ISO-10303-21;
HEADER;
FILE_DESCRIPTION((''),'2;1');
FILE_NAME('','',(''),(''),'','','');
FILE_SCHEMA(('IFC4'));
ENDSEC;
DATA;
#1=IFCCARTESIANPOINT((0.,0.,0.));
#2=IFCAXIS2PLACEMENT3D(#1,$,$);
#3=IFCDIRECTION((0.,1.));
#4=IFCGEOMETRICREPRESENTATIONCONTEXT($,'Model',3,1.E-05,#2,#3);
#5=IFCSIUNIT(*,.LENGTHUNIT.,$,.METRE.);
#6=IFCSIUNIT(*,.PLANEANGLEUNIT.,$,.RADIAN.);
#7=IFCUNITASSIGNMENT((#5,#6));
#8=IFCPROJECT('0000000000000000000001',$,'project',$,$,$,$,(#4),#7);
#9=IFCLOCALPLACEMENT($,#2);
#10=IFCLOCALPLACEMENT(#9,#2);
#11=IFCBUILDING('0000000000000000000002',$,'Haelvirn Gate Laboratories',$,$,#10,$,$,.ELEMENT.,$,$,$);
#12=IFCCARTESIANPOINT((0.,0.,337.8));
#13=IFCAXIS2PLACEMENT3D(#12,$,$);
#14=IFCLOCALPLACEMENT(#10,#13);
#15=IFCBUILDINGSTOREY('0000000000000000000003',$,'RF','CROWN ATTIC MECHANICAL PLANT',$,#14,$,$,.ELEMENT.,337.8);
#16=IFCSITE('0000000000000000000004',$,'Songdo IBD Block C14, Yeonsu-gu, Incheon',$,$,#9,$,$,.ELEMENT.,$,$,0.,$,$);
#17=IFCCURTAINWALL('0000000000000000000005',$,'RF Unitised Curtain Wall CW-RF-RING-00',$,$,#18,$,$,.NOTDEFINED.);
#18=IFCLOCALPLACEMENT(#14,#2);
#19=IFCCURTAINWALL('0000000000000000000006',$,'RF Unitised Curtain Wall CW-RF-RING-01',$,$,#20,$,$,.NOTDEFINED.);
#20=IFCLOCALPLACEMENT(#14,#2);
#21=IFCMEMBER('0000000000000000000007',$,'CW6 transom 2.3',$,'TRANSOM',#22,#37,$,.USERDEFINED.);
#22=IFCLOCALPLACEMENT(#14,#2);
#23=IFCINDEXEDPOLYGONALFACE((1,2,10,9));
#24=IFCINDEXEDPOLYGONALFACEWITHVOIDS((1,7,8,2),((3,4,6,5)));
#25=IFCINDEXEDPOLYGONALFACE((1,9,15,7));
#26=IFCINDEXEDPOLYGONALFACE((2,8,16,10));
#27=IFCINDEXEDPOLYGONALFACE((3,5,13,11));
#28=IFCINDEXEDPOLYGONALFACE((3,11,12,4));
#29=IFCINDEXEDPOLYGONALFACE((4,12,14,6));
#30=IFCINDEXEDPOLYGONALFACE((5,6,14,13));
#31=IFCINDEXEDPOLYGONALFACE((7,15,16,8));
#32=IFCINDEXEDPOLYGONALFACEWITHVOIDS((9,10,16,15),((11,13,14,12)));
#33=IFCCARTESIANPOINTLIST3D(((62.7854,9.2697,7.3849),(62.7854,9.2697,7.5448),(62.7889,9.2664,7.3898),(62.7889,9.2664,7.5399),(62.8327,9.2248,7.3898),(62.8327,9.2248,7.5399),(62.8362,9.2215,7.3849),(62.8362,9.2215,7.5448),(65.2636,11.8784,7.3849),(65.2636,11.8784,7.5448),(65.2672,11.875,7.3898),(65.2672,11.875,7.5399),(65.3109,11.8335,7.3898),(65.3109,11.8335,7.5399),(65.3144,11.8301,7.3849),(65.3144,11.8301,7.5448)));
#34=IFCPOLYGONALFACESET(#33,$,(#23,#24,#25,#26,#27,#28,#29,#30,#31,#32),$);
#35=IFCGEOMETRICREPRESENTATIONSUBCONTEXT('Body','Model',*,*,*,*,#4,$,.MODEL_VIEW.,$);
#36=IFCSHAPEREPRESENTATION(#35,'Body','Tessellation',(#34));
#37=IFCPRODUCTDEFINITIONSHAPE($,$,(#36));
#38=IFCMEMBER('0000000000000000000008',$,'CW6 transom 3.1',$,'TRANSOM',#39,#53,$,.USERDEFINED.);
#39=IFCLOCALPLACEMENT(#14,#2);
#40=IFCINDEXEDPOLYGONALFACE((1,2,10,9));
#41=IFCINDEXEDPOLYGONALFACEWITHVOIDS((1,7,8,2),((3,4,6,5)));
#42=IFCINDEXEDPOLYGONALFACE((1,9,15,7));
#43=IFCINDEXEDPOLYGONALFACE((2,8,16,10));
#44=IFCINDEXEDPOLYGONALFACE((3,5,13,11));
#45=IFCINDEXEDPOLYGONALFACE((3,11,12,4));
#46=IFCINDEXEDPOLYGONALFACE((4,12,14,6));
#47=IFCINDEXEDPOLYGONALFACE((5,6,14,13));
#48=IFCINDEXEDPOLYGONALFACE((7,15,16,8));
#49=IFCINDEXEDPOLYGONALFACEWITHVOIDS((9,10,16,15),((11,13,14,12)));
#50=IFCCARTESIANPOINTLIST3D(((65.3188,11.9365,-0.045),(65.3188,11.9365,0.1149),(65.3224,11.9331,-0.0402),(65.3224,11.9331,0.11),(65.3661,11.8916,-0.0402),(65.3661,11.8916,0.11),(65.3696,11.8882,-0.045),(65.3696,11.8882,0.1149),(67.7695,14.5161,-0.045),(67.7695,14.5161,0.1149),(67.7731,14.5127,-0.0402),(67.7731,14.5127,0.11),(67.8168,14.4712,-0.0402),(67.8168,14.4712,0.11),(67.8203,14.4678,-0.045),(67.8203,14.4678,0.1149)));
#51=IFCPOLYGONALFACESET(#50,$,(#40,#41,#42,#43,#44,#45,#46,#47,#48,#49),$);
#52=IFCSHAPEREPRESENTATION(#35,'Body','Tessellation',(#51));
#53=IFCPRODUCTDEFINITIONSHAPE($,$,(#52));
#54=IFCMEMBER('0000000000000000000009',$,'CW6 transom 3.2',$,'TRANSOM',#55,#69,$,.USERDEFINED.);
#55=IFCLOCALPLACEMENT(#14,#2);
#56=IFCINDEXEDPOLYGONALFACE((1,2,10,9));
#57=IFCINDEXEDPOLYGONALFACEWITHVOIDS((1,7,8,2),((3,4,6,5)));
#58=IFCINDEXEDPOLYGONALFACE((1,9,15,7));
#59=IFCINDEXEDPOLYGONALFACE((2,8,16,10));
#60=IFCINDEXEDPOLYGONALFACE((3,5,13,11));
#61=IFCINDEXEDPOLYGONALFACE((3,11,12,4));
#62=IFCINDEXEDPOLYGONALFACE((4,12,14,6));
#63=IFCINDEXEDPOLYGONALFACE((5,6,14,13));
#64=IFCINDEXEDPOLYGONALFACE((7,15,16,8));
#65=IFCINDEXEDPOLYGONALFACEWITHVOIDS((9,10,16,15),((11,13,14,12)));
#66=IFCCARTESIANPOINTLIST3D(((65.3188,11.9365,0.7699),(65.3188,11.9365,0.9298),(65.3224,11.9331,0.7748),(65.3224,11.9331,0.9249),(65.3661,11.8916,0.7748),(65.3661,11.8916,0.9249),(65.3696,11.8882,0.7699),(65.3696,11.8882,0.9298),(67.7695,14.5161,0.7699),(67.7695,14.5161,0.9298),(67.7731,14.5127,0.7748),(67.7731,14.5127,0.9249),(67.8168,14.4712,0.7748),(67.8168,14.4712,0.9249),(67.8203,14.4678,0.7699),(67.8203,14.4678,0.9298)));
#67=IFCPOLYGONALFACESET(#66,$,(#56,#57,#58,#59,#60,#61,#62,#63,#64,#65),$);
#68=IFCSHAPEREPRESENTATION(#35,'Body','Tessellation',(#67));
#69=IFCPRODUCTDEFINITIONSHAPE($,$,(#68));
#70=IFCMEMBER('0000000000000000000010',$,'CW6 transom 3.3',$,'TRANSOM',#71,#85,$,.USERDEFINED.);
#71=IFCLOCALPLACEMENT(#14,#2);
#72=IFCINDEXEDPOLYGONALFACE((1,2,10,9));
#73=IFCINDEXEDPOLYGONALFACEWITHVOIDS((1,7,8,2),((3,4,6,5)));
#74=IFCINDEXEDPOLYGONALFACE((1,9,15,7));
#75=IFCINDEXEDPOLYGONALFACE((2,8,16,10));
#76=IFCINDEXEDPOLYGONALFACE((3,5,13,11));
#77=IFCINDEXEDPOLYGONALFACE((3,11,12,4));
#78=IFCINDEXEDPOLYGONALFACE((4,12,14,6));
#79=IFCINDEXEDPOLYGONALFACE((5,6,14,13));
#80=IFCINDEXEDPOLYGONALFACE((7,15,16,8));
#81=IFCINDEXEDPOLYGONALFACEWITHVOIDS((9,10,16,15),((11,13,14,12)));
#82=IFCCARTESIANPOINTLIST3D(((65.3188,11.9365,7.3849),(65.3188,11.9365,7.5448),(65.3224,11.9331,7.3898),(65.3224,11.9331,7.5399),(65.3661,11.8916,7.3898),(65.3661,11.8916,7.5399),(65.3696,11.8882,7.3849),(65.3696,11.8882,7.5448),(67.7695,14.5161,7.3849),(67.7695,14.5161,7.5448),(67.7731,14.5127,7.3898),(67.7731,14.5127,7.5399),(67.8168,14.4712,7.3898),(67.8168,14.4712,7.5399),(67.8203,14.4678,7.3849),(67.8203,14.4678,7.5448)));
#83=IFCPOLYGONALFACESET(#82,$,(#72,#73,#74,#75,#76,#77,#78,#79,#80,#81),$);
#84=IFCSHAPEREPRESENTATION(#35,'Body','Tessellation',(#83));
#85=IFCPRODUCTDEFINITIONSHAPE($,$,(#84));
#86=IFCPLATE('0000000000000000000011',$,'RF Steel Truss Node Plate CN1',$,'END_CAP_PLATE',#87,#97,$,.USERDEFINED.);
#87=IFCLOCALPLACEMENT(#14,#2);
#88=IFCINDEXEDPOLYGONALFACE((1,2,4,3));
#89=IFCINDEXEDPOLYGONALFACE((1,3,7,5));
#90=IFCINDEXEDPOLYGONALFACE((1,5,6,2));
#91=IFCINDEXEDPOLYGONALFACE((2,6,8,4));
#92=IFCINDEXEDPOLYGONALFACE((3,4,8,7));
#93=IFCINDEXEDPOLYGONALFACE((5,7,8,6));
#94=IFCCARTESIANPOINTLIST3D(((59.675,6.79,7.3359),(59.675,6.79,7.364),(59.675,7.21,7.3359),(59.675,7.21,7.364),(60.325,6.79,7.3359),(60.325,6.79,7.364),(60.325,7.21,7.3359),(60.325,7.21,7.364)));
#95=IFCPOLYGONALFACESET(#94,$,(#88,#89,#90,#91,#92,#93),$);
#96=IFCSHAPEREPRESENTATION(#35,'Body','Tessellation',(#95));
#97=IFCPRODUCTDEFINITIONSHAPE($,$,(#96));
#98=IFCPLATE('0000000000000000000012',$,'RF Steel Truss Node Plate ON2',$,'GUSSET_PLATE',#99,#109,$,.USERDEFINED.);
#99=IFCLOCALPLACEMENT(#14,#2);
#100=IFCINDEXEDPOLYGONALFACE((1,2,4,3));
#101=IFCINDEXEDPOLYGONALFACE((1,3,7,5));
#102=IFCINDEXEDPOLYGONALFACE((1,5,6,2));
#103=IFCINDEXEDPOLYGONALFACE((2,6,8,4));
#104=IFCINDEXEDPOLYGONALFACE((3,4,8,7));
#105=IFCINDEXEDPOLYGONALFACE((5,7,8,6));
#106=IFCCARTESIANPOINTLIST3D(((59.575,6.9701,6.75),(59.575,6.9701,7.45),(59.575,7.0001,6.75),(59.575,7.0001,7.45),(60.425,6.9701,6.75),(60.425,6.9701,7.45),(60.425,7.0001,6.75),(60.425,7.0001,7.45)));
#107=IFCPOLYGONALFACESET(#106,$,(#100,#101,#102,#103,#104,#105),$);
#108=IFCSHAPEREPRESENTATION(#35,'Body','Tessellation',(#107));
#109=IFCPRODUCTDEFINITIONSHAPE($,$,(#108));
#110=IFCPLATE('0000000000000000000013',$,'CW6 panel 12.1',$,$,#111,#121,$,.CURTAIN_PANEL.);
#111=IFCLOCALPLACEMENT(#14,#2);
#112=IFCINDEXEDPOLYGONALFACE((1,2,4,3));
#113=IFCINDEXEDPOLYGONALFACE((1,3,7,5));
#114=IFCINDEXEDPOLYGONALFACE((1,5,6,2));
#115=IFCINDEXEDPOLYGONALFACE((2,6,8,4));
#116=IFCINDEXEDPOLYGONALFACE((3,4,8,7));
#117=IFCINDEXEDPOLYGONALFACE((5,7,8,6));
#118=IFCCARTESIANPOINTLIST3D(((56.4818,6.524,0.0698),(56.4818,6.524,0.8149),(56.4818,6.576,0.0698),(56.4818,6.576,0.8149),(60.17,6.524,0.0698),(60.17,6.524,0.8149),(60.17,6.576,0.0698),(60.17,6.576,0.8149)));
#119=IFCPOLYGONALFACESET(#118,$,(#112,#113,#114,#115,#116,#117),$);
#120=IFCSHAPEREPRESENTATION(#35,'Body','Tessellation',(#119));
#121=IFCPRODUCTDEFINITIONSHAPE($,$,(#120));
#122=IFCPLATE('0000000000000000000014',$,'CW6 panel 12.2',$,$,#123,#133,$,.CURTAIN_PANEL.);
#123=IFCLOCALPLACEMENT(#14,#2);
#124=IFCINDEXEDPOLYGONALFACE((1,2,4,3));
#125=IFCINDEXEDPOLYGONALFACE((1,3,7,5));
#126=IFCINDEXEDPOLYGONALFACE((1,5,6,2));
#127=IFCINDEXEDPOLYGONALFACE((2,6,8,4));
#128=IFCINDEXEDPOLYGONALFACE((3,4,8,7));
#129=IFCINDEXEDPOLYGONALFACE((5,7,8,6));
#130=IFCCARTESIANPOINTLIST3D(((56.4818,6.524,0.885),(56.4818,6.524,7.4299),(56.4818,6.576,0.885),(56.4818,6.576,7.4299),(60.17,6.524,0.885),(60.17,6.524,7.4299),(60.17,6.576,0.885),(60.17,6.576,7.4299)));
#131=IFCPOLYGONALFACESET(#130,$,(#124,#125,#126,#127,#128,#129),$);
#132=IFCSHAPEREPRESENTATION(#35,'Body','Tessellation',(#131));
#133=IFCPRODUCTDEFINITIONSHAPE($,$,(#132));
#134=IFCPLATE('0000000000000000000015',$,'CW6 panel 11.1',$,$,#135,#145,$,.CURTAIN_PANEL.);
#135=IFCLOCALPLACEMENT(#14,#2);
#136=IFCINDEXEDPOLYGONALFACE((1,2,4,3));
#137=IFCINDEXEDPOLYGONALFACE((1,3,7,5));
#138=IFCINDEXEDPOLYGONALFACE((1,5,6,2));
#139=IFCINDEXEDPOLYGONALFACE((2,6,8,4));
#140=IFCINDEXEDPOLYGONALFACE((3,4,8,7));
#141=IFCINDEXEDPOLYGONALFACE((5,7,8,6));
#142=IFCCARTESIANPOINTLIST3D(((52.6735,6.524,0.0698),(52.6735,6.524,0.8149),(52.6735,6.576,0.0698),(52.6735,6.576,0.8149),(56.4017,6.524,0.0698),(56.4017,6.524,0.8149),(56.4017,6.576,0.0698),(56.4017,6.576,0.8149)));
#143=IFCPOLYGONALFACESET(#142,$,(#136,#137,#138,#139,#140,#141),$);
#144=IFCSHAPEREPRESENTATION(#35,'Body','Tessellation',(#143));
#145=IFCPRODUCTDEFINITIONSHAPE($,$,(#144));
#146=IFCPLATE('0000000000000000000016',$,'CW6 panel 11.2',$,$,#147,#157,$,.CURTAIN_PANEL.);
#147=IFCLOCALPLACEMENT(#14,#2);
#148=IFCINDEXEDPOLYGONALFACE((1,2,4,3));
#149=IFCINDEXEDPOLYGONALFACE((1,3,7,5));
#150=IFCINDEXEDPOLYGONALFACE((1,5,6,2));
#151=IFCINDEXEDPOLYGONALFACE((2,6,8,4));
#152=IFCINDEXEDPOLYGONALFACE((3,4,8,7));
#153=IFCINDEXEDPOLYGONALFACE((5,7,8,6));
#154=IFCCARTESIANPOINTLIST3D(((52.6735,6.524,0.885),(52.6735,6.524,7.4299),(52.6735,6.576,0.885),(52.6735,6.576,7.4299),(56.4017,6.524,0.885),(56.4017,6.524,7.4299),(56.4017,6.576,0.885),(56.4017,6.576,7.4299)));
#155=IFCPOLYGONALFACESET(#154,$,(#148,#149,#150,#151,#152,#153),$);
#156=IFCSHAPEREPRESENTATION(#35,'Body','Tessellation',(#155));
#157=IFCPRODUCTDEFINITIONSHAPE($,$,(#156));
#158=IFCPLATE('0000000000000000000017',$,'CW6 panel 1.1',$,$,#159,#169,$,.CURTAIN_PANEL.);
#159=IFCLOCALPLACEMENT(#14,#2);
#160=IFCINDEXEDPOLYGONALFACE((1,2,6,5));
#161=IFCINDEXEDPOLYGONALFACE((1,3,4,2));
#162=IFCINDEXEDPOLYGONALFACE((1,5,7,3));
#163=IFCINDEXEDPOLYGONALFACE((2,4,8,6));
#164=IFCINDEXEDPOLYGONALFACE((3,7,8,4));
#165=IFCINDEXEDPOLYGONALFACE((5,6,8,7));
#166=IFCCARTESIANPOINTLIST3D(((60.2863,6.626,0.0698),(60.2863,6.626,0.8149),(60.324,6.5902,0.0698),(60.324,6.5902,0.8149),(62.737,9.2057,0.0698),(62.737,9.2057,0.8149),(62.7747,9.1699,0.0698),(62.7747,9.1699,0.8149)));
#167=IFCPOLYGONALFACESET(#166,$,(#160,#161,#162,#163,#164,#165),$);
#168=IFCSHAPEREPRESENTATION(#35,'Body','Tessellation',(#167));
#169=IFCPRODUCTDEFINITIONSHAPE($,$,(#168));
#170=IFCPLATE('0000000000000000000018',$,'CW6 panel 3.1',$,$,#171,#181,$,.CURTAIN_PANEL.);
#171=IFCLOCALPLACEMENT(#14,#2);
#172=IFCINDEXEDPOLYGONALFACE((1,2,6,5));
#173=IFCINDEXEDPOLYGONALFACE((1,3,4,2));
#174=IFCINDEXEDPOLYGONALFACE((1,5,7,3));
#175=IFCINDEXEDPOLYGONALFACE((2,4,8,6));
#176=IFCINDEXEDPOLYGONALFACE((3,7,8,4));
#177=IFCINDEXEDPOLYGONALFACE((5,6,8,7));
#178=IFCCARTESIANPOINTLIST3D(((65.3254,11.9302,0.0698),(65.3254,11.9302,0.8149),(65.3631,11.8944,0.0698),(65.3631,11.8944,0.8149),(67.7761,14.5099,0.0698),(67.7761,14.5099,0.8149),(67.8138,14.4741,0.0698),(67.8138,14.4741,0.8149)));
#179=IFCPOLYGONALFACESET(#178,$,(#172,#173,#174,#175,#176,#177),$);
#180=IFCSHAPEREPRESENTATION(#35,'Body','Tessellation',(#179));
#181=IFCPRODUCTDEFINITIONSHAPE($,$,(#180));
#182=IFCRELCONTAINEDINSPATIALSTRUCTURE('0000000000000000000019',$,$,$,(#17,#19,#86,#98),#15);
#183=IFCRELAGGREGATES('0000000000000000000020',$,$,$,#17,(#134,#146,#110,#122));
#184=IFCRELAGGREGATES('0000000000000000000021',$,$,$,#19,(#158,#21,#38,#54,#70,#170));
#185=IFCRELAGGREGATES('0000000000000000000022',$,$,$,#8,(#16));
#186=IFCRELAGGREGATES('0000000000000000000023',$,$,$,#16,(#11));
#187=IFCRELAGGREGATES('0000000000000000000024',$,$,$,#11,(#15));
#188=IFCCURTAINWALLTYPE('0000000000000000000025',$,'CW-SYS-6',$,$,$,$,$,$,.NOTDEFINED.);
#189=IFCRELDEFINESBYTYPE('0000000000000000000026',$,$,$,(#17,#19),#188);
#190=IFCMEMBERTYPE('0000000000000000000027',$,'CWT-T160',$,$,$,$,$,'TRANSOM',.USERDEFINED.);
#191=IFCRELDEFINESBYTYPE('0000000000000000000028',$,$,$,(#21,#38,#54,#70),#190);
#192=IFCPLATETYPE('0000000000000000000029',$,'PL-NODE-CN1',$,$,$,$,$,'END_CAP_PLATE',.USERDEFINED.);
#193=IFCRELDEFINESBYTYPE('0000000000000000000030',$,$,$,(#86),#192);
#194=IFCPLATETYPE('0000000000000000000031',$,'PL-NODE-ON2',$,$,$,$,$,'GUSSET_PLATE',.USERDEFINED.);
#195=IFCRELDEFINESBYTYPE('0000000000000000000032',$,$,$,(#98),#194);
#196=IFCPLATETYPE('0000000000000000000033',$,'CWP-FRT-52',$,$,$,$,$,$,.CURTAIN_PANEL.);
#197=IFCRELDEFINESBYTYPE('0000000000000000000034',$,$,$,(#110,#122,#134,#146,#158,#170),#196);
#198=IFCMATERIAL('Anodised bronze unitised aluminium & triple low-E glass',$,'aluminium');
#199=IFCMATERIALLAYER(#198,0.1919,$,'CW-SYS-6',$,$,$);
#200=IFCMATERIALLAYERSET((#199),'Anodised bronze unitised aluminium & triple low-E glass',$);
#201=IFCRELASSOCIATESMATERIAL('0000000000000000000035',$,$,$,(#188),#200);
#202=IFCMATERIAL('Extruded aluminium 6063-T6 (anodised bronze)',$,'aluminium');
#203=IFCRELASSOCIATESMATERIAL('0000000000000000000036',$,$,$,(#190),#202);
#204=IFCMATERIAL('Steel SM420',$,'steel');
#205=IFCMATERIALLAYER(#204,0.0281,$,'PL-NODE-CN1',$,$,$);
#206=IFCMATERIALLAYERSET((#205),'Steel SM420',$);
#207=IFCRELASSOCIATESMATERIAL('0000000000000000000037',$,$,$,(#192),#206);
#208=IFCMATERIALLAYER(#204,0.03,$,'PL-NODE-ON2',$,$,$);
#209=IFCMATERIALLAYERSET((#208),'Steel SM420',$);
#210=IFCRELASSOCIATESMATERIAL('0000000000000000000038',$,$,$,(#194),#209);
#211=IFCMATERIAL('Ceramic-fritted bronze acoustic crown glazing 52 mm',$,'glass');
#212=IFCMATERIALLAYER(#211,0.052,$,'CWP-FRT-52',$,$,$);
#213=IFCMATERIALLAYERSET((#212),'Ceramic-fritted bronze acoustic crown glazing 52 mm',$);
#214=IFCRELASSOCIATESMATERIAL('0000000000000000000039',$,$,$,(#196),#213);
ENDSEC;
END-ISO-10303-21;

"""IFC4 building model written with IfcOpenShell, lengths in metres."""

from ifc_helpers import new_model, si_unit, direction, frame, origin, origin_2d, place, context, subcontext, project, spatial, rectangle, hollow_rectangle, extrude, source, transform, mapped, material, layer, layer_set, material_profile, profile_set, type_object, type_shapes, element, aggregate, save


model = new_model("IFC4")

# Units and contexts
model_context = context("Model", 3, precision=1e-05, world=origin(), true_north=direction((0.0, 1.0)))
body_context = subcontext(model_context, "Body", "Model", "MODEL_VIEW")
ifc_project = project(units=[si_unit("LENGTHUNIT", "METRE"), si_unit("PLANEANGLEUNIT", "RADIAN")], contexts=[model_context])

# Site, building, storey
site_placement = place(None, origin())
site = spatial("IfcSite", under=ifc_project, at=site_placement, Name="Songdo IBD Block C14, Yeonsu-gu, Incheon", CompositionType="ELEMENT", RefElevation=0.0)
building_placement = place(site_placement, origin())
building = spatial("IfcBuilding", under=site, at=building_placement, Name="Haelvirn Gate Laboratories", CompositionType="ELEMENT")
storey_placement = place(building_placement, frame((0.0, 0.0, 337.8)))
storey = spatial("IfcBuildingStorey", under=building, at=storey_placement, Name="RF", Description="CROWN ATTIC MECHANICAL PLANT", CompositionType="ELEMENT", Elevation=337.8)

# Shared definitions
ifc_material_1 = material(Name="Steel SM420", Category="steel")

# Curtain walls
ifc_material_2 = material(Name="Anodised bronze unitised aluminium & triple low-E glass", Category="aluminium")
ifc_layer_1 = layer(ifc_material_2, 0.1919, Name="CW-SYS-6")
ifc_layer_set_1 = layer_set([ifc_layer_1], Name="Anodised bronze unitised aluminium & triple low-E glass")
curtain_wall_type = type_object("IfcCurtainWallType", Name="CW-SYS-6", PredefinedType="NOTDEFINED", material=ifc_layer_set_1)
curtain_wall_1_placement = place(storey_placement, origin())
curtain_wall_1 = element("IfcCurtainWall", 1, at=curtain_wall_1_placement, inside=storey, type_object=curtain_wall_type, Name="RF Unitised Curtain Wall CW-RF-RING-00", PredefinedType="NOTDEFINED")
ifc_material_3 = material(Name="Extruded aluminium 6063-T6 (anodised bronze)", Category="aluminium")
curtain_wall_2_placement = place(storey_placement, origin())
curtain_wall_2 = element("IfcCurtainWall", 2, at=curtain_wall_2_placement, inside=storey, type_object=curtain_wall_type, Name="RF Unitised Curtain Wall CW-RF-RING-01", PredefinedType="NOTDEFINED")

# Members
ifc_material_profile_1 = material_profile(ifc_material_3, hollow_rectangle(XDim=0.0701, YDim=0.1599, WallThickness=0.0049, at=origin_2d()), Name="CWT-160x70x5")
ifc_profile_set_1 = profile_set([ifc_material_profile_1], Name="Extruded aluminium 6063-T6 (anodised bronze)")
member_type_1 = type_object("IfcMemberType", Name="CWT-T160", ElementType="TRANSOM", PredefinedType="USERDEFINED", material=ifc_profile_set_1)
shared_shape_1 = source(origin(), body_context, "Body", "SweptSolid", [
    extrude(hollow_rectangle(XDim=0.0701, YDim=0.1599, WallThickness=0.0049, at=origin_2d()), origin(), (0.0, 0.0, 1.0), 3.5981),
])
member_1_placement = place(storey_placement, frame((62.8108, 9.2456, 7.4648), z_axis=(0.688758, 0.724991, 0.0), x_axis=(-0.724991, 0.688758, 0.0)))
member_1 = element("IfcMember", 3, at=member_1_placement, type_object=member_type_1, Name="CW6 transom 2.3", ObjectType="TRANSOM", PredefinedType="USERDEFINED", context=body_context, shape_type="MappedRepresentation", body=[
    mapped(shared_shape_1, transform((0.0, 0.0, 0.0), scale=1.0)),
])
shared_shape_2 = source(origin(), body_context, "Body", "SweptSolid", [
    extrude(hollow_rectangle(XDim=0.0701, YDim=0.1599, WallThickness=0.0049, at=origin_2d()), origin(), (0.0, 0.0, 1.0), 3.5581),
])
member_2_placement = place(storey_placement, frame((65.3442, 11.9124, 0.0349), z_axis=(0.68876, 0.724989, 0.0), x_axis=(-0.724989, 0.68876, 0.0)))
member_2 = element("IfcMember", 4, at=member_2_placement, type_object=member_type_1, Name="CW6 transom 3.1", ObjectType="TRANSOM", PredefinedType="USERDEFINED", context=body_context, shape_type="MappedRepresentation", body=[
    mapped(shared_shape_2, transform((0.0, 0.0, 0.0), scale=1.0)),
])
member_3_placement = place(storey_placement, frame((65.3442, 11.9124, 0.8499), z_axis=(0.68876, 0.724989, 0.0), x_axis=(-0.724989, 0.68876, 0.0)))
member_3 = element("IfcMember", 5, at=member_3_placement, type_object=member_type_1, Name="CW6 transom 3.2", ObjectType="TRANSOM", PredefinedType="USERDEFINED", context=body_context, shape_type="MappedRepresentation", body=[
    mapped(shared_shape_2, transform((0.0, 0.0, 0.0), scale=1.0)),
])
member_4_placement = place(storey_placement, frame((65.3442, 11.9124, 7.4648), z_axis=(0.68876, 0.724989, 0.0), x_axis=(-0.724989, 0.68876, 0.0)))
member_4 = element("IfcMember", 6, at=member_4_placement, type_object=member_type_1, Name="CW6 transom 3.3", ObjectType="TRANSOM", PredefinedType="USERDEFINED", context=body_context, shape_type="MappedRepresentation", body=[
    mapped(shared_shape_2, transform((0.0, 0.0, 0.0), scale=1.0)),
])

# Plates
ifc_layer_2 = layer(ifc_material_1, 0.0281, Name="PL-NODE-CN1")
ifc_layer_set_2 = layer_set([ifc_layer_2], Name="Steel SM420")
plate_type_1 = type_object("IfcPlateType", Name="PL-NODE-CN1", ElementType="END_CAP_PLATE", PredefinedType="USERDEFINED", material=ifc_layer_set_2)
shared_shape_3 = source(origin(), body_context, "Body", "SweptSolid", [
    extrude(rectangle(XDim=0.6499, YDim=0.4199, at=origin_2d()), origin(), (0.0, 0.0, 1.0), 0.0281),
])
type_shapes(plate_type_1, [shared_shape_3])
plate_1_placement = place(storey_placement, frame((60.0, 7.0, 7.3359), z_axis=(0.0, 0.0, 1.0), x_axis=(1.0, 0.0, 0.0)))
element("IfcPlate", 7, at=plate_1_placement, inside=storey, type_object=plate_type_1, Name="RF Steel Truss Node Plate CN1", ObjectType="END_CAP_PLATE", PredefinedType="USERDEFINED", context=body_context, shape_type="MappedRepresentation", body=[
    mapped(shared_shape_3, transform((0.0, 0.0, 0.0), scale=1.0)),
])
ifc_layer_3 = layer(ifc_material_1, 0.03, Name="PL-NODE-ON2")
ifc_layer_set_3 = layer_set([ifc_layer_3], Name="Steel SM420")
plate_type_2 = type_object("IfcPlateType", Name="PL-NODE-ON2", ElementType="GUSSET_PLATE", PredefinedType="USERDEFINED", material=ifc_layer_set_3)
shared_shape_4 = source(origin(), body_context, "Body", "SweptSolid", [
    extrude(rectangle(XDim=0.8501, YDim=0.03, at=origin_2d()), origin(), (0.0, 0.0, 1.0), 0.7),
])
type_shapes(plate_type_2, [shared_shape_4])
plate_2_placement = place(storey_placement, frame((60.0, 6.9851, 6.75), z_axis=(0.0, 0.0, 1.0), x_axis=(1.0, 0.0, 0.0)))
element("IfcPlate", 8, at=plate_2_placement, inside=storey, type_object=plate_type_2, Name="RF Steel Truss Node Plate ON2", ObjectType="GUSSET_PLATE", PredefinedType="USERDEFINED", context=body_context, shape_type="MappedRepresentation", body=[
    mapped(shared_shape_4, transform((0.0, 0.0, 0.0), scale=1.0)),
])

# Plates
ifc_material_4 = material(Name="Ceramic-fritted bronze acoustic crown glazing 52 mm", Category="glass")
ifc_layer_4 = layer(ifc_material_4, 0.052, Name="CWP-FRT-52")
ifc_layer_set_4 = layer_set([ifc_layer_4], Name="Ceramic-fritted bronze acoustic crown glazing 52 mm")
plate_type_3 = type_object("IfcPlateType", Name="CWP-FRT-52", PredefinedType="CURTAIN_PANEL", material=ifc_layer_set_4)
shared_shape_5 = source(origin(), body_context, "Body", "SweptSolid", [
    extrude(rectangle(XDim=3.6882, YDim=0.052, at=origin_2d()), origin(), (0.0, 0.0, 1.0), 0.7451),
])
plate_3_placement = place(storey_placement, frame((58.3259, 6.55, 0.0698), z_axis=(0.0, 0.0, 1.0), x_axis=(1.0, 0.0, 0.0)))
plate_3 = element("IfcPlate", 9, at=plate_3_placement, type_object=plate_type_3, Name="CW6 panel 12.1", PredefinedType="CURTAIN_PANEL", context=body_context, shape_type="MappedRepresentation", body=[
    mapped(shared_shape_5, transform((0.0, 0.0, 0.0), scale=1.0)),
])
shared_shape_6 = source(origin(), body_context, "Body", "SweptSolid", [
    extrude(rectangle(XDim=3.6882, YDim=0.052, at=origin_2d()), origin(), (0.0, 0.0, 1.0), 6.5449),
])
plate_4_placement = place(storey_placement, frame((58.3259, 6.55, 0.885), z_axis=(0.0, 0.0, 1.0), x_axis=(1.0, 0.0, 0.0)))
plate_4 = element("IfcPlate", 10, at=plate_4_placement, type_object=plate_type_3, Name="CW6 panel 12.2", PredefinedType="CURTAIN_PANEL", context=body_context, shape_type="MappedRepresentation", body=[
    mapped(shared_shape_6, transform((0.0, 0.0, 0.0), scale=1.0)),
])
shared_shape_7 = source(origin(), body_context, "Body", "SweptSolid", [
    extrude(rectangle(XDim=3.7283, YDim=0.052, at=origin_2d()), origin(), (0.0, 0.0, 1.0), 0.7451),
])
plate_5_placement = place(storey_placement, frame((54.5376, 6.55, 0.0698), z_axis=(0.0, 0.0, 1.0), x_axis=(1.0, 0.0, 0.0)))
plate_5 = element("IfcPlate", 11, at=plate_5_placement, type_object=plate_type_3, Name="CW6 panel 11.1", PredefinedType="CURTAIN_PANEL", context=body_context, shape_type="MappedRepresentation", body=[
    mapped(shared_shape_7, transform((0.0, 0.0, 0.0), scale=1.0)),
])
shared_shape_8 = source(origin(), body_context, "Body", "SweptSolid", [
    extrude(rectangle(XDim=3.7283, YDim=0.052, at=origin_2d()), origin(), (0.0, 0.0, 1.0), 6.5449),
])
plate_6_placement = place(storey_placement, frame((54.5376, 6.55, 0.885), z_axis=(0.0, 0.0, 1.0), x_axis=(1.0, 0.0, 0.0)))
plate_6 = element("IfcPlate", 12, at=plate_6_placement, type_object=plate_type_3, Name="CW6 panel 11.2", PredefinedType="CURTAIN_PANEL", context=body_context, shape_type="MappedRepresentation", body=[
    mapped(shared_shape_8, transform((0.0, 0.0, 0.0), scale=1.0)),
])
aggregate(curtain_wall_1, [plate_5, plate_6, plate_3, plate_4])
shared_shape_9 = source(origin(), body_context, "Body", "SweptSolid", [
    extrude(rectangle(XDim=3.5581, YDim=0.052, at=origin_2d()), origin(), (0.0, 0.0, 1.0), 0.7451),
])
plate_7_placement = place(storey_placement, frame((61.5305, 7.8979, 0.0698), z_axis=(0.0, 0.0, 1.0), x_axis=(0.688749, 0.724999, 0.0)))
plate_7 = element("IfcPlate", 13, at=plate_7_placement, type_object=plate_type_3, Name="CW6 panel 1.1", PredefinedType="CURTAIN_PANEL", context=body_context, shape_type="MappedRepresentation", body=[
    mapped(shared_shape_9, transform((0.0, 0.0, 0.0), scale=1.0)),
])
plate_8_placement = place(storey_placement, frame((66.5696, 13.2021, 0.0698), z_axis=(0.0, 0.0, 1.0), x_axis=(0.688749, 0.724999, 0.0)))
plate_8 = element("IfcPlate", 14, at=plate_8_placement, type_object=plate_type_3, Name="CW6 panel 3.1", PredefinedType="CURTAIN_PANEL", context=body_context, shape_type="MappedRepresentation", body=[
    mapped(shared_shape_9, transform((0.0, 0.0, 0.0), scale=1.0)),
])
aggregate(curtain_wall_2, [plate_7, member_1, member_2, member_3, member_4, plate_8])

save(model, "model.ifc")
